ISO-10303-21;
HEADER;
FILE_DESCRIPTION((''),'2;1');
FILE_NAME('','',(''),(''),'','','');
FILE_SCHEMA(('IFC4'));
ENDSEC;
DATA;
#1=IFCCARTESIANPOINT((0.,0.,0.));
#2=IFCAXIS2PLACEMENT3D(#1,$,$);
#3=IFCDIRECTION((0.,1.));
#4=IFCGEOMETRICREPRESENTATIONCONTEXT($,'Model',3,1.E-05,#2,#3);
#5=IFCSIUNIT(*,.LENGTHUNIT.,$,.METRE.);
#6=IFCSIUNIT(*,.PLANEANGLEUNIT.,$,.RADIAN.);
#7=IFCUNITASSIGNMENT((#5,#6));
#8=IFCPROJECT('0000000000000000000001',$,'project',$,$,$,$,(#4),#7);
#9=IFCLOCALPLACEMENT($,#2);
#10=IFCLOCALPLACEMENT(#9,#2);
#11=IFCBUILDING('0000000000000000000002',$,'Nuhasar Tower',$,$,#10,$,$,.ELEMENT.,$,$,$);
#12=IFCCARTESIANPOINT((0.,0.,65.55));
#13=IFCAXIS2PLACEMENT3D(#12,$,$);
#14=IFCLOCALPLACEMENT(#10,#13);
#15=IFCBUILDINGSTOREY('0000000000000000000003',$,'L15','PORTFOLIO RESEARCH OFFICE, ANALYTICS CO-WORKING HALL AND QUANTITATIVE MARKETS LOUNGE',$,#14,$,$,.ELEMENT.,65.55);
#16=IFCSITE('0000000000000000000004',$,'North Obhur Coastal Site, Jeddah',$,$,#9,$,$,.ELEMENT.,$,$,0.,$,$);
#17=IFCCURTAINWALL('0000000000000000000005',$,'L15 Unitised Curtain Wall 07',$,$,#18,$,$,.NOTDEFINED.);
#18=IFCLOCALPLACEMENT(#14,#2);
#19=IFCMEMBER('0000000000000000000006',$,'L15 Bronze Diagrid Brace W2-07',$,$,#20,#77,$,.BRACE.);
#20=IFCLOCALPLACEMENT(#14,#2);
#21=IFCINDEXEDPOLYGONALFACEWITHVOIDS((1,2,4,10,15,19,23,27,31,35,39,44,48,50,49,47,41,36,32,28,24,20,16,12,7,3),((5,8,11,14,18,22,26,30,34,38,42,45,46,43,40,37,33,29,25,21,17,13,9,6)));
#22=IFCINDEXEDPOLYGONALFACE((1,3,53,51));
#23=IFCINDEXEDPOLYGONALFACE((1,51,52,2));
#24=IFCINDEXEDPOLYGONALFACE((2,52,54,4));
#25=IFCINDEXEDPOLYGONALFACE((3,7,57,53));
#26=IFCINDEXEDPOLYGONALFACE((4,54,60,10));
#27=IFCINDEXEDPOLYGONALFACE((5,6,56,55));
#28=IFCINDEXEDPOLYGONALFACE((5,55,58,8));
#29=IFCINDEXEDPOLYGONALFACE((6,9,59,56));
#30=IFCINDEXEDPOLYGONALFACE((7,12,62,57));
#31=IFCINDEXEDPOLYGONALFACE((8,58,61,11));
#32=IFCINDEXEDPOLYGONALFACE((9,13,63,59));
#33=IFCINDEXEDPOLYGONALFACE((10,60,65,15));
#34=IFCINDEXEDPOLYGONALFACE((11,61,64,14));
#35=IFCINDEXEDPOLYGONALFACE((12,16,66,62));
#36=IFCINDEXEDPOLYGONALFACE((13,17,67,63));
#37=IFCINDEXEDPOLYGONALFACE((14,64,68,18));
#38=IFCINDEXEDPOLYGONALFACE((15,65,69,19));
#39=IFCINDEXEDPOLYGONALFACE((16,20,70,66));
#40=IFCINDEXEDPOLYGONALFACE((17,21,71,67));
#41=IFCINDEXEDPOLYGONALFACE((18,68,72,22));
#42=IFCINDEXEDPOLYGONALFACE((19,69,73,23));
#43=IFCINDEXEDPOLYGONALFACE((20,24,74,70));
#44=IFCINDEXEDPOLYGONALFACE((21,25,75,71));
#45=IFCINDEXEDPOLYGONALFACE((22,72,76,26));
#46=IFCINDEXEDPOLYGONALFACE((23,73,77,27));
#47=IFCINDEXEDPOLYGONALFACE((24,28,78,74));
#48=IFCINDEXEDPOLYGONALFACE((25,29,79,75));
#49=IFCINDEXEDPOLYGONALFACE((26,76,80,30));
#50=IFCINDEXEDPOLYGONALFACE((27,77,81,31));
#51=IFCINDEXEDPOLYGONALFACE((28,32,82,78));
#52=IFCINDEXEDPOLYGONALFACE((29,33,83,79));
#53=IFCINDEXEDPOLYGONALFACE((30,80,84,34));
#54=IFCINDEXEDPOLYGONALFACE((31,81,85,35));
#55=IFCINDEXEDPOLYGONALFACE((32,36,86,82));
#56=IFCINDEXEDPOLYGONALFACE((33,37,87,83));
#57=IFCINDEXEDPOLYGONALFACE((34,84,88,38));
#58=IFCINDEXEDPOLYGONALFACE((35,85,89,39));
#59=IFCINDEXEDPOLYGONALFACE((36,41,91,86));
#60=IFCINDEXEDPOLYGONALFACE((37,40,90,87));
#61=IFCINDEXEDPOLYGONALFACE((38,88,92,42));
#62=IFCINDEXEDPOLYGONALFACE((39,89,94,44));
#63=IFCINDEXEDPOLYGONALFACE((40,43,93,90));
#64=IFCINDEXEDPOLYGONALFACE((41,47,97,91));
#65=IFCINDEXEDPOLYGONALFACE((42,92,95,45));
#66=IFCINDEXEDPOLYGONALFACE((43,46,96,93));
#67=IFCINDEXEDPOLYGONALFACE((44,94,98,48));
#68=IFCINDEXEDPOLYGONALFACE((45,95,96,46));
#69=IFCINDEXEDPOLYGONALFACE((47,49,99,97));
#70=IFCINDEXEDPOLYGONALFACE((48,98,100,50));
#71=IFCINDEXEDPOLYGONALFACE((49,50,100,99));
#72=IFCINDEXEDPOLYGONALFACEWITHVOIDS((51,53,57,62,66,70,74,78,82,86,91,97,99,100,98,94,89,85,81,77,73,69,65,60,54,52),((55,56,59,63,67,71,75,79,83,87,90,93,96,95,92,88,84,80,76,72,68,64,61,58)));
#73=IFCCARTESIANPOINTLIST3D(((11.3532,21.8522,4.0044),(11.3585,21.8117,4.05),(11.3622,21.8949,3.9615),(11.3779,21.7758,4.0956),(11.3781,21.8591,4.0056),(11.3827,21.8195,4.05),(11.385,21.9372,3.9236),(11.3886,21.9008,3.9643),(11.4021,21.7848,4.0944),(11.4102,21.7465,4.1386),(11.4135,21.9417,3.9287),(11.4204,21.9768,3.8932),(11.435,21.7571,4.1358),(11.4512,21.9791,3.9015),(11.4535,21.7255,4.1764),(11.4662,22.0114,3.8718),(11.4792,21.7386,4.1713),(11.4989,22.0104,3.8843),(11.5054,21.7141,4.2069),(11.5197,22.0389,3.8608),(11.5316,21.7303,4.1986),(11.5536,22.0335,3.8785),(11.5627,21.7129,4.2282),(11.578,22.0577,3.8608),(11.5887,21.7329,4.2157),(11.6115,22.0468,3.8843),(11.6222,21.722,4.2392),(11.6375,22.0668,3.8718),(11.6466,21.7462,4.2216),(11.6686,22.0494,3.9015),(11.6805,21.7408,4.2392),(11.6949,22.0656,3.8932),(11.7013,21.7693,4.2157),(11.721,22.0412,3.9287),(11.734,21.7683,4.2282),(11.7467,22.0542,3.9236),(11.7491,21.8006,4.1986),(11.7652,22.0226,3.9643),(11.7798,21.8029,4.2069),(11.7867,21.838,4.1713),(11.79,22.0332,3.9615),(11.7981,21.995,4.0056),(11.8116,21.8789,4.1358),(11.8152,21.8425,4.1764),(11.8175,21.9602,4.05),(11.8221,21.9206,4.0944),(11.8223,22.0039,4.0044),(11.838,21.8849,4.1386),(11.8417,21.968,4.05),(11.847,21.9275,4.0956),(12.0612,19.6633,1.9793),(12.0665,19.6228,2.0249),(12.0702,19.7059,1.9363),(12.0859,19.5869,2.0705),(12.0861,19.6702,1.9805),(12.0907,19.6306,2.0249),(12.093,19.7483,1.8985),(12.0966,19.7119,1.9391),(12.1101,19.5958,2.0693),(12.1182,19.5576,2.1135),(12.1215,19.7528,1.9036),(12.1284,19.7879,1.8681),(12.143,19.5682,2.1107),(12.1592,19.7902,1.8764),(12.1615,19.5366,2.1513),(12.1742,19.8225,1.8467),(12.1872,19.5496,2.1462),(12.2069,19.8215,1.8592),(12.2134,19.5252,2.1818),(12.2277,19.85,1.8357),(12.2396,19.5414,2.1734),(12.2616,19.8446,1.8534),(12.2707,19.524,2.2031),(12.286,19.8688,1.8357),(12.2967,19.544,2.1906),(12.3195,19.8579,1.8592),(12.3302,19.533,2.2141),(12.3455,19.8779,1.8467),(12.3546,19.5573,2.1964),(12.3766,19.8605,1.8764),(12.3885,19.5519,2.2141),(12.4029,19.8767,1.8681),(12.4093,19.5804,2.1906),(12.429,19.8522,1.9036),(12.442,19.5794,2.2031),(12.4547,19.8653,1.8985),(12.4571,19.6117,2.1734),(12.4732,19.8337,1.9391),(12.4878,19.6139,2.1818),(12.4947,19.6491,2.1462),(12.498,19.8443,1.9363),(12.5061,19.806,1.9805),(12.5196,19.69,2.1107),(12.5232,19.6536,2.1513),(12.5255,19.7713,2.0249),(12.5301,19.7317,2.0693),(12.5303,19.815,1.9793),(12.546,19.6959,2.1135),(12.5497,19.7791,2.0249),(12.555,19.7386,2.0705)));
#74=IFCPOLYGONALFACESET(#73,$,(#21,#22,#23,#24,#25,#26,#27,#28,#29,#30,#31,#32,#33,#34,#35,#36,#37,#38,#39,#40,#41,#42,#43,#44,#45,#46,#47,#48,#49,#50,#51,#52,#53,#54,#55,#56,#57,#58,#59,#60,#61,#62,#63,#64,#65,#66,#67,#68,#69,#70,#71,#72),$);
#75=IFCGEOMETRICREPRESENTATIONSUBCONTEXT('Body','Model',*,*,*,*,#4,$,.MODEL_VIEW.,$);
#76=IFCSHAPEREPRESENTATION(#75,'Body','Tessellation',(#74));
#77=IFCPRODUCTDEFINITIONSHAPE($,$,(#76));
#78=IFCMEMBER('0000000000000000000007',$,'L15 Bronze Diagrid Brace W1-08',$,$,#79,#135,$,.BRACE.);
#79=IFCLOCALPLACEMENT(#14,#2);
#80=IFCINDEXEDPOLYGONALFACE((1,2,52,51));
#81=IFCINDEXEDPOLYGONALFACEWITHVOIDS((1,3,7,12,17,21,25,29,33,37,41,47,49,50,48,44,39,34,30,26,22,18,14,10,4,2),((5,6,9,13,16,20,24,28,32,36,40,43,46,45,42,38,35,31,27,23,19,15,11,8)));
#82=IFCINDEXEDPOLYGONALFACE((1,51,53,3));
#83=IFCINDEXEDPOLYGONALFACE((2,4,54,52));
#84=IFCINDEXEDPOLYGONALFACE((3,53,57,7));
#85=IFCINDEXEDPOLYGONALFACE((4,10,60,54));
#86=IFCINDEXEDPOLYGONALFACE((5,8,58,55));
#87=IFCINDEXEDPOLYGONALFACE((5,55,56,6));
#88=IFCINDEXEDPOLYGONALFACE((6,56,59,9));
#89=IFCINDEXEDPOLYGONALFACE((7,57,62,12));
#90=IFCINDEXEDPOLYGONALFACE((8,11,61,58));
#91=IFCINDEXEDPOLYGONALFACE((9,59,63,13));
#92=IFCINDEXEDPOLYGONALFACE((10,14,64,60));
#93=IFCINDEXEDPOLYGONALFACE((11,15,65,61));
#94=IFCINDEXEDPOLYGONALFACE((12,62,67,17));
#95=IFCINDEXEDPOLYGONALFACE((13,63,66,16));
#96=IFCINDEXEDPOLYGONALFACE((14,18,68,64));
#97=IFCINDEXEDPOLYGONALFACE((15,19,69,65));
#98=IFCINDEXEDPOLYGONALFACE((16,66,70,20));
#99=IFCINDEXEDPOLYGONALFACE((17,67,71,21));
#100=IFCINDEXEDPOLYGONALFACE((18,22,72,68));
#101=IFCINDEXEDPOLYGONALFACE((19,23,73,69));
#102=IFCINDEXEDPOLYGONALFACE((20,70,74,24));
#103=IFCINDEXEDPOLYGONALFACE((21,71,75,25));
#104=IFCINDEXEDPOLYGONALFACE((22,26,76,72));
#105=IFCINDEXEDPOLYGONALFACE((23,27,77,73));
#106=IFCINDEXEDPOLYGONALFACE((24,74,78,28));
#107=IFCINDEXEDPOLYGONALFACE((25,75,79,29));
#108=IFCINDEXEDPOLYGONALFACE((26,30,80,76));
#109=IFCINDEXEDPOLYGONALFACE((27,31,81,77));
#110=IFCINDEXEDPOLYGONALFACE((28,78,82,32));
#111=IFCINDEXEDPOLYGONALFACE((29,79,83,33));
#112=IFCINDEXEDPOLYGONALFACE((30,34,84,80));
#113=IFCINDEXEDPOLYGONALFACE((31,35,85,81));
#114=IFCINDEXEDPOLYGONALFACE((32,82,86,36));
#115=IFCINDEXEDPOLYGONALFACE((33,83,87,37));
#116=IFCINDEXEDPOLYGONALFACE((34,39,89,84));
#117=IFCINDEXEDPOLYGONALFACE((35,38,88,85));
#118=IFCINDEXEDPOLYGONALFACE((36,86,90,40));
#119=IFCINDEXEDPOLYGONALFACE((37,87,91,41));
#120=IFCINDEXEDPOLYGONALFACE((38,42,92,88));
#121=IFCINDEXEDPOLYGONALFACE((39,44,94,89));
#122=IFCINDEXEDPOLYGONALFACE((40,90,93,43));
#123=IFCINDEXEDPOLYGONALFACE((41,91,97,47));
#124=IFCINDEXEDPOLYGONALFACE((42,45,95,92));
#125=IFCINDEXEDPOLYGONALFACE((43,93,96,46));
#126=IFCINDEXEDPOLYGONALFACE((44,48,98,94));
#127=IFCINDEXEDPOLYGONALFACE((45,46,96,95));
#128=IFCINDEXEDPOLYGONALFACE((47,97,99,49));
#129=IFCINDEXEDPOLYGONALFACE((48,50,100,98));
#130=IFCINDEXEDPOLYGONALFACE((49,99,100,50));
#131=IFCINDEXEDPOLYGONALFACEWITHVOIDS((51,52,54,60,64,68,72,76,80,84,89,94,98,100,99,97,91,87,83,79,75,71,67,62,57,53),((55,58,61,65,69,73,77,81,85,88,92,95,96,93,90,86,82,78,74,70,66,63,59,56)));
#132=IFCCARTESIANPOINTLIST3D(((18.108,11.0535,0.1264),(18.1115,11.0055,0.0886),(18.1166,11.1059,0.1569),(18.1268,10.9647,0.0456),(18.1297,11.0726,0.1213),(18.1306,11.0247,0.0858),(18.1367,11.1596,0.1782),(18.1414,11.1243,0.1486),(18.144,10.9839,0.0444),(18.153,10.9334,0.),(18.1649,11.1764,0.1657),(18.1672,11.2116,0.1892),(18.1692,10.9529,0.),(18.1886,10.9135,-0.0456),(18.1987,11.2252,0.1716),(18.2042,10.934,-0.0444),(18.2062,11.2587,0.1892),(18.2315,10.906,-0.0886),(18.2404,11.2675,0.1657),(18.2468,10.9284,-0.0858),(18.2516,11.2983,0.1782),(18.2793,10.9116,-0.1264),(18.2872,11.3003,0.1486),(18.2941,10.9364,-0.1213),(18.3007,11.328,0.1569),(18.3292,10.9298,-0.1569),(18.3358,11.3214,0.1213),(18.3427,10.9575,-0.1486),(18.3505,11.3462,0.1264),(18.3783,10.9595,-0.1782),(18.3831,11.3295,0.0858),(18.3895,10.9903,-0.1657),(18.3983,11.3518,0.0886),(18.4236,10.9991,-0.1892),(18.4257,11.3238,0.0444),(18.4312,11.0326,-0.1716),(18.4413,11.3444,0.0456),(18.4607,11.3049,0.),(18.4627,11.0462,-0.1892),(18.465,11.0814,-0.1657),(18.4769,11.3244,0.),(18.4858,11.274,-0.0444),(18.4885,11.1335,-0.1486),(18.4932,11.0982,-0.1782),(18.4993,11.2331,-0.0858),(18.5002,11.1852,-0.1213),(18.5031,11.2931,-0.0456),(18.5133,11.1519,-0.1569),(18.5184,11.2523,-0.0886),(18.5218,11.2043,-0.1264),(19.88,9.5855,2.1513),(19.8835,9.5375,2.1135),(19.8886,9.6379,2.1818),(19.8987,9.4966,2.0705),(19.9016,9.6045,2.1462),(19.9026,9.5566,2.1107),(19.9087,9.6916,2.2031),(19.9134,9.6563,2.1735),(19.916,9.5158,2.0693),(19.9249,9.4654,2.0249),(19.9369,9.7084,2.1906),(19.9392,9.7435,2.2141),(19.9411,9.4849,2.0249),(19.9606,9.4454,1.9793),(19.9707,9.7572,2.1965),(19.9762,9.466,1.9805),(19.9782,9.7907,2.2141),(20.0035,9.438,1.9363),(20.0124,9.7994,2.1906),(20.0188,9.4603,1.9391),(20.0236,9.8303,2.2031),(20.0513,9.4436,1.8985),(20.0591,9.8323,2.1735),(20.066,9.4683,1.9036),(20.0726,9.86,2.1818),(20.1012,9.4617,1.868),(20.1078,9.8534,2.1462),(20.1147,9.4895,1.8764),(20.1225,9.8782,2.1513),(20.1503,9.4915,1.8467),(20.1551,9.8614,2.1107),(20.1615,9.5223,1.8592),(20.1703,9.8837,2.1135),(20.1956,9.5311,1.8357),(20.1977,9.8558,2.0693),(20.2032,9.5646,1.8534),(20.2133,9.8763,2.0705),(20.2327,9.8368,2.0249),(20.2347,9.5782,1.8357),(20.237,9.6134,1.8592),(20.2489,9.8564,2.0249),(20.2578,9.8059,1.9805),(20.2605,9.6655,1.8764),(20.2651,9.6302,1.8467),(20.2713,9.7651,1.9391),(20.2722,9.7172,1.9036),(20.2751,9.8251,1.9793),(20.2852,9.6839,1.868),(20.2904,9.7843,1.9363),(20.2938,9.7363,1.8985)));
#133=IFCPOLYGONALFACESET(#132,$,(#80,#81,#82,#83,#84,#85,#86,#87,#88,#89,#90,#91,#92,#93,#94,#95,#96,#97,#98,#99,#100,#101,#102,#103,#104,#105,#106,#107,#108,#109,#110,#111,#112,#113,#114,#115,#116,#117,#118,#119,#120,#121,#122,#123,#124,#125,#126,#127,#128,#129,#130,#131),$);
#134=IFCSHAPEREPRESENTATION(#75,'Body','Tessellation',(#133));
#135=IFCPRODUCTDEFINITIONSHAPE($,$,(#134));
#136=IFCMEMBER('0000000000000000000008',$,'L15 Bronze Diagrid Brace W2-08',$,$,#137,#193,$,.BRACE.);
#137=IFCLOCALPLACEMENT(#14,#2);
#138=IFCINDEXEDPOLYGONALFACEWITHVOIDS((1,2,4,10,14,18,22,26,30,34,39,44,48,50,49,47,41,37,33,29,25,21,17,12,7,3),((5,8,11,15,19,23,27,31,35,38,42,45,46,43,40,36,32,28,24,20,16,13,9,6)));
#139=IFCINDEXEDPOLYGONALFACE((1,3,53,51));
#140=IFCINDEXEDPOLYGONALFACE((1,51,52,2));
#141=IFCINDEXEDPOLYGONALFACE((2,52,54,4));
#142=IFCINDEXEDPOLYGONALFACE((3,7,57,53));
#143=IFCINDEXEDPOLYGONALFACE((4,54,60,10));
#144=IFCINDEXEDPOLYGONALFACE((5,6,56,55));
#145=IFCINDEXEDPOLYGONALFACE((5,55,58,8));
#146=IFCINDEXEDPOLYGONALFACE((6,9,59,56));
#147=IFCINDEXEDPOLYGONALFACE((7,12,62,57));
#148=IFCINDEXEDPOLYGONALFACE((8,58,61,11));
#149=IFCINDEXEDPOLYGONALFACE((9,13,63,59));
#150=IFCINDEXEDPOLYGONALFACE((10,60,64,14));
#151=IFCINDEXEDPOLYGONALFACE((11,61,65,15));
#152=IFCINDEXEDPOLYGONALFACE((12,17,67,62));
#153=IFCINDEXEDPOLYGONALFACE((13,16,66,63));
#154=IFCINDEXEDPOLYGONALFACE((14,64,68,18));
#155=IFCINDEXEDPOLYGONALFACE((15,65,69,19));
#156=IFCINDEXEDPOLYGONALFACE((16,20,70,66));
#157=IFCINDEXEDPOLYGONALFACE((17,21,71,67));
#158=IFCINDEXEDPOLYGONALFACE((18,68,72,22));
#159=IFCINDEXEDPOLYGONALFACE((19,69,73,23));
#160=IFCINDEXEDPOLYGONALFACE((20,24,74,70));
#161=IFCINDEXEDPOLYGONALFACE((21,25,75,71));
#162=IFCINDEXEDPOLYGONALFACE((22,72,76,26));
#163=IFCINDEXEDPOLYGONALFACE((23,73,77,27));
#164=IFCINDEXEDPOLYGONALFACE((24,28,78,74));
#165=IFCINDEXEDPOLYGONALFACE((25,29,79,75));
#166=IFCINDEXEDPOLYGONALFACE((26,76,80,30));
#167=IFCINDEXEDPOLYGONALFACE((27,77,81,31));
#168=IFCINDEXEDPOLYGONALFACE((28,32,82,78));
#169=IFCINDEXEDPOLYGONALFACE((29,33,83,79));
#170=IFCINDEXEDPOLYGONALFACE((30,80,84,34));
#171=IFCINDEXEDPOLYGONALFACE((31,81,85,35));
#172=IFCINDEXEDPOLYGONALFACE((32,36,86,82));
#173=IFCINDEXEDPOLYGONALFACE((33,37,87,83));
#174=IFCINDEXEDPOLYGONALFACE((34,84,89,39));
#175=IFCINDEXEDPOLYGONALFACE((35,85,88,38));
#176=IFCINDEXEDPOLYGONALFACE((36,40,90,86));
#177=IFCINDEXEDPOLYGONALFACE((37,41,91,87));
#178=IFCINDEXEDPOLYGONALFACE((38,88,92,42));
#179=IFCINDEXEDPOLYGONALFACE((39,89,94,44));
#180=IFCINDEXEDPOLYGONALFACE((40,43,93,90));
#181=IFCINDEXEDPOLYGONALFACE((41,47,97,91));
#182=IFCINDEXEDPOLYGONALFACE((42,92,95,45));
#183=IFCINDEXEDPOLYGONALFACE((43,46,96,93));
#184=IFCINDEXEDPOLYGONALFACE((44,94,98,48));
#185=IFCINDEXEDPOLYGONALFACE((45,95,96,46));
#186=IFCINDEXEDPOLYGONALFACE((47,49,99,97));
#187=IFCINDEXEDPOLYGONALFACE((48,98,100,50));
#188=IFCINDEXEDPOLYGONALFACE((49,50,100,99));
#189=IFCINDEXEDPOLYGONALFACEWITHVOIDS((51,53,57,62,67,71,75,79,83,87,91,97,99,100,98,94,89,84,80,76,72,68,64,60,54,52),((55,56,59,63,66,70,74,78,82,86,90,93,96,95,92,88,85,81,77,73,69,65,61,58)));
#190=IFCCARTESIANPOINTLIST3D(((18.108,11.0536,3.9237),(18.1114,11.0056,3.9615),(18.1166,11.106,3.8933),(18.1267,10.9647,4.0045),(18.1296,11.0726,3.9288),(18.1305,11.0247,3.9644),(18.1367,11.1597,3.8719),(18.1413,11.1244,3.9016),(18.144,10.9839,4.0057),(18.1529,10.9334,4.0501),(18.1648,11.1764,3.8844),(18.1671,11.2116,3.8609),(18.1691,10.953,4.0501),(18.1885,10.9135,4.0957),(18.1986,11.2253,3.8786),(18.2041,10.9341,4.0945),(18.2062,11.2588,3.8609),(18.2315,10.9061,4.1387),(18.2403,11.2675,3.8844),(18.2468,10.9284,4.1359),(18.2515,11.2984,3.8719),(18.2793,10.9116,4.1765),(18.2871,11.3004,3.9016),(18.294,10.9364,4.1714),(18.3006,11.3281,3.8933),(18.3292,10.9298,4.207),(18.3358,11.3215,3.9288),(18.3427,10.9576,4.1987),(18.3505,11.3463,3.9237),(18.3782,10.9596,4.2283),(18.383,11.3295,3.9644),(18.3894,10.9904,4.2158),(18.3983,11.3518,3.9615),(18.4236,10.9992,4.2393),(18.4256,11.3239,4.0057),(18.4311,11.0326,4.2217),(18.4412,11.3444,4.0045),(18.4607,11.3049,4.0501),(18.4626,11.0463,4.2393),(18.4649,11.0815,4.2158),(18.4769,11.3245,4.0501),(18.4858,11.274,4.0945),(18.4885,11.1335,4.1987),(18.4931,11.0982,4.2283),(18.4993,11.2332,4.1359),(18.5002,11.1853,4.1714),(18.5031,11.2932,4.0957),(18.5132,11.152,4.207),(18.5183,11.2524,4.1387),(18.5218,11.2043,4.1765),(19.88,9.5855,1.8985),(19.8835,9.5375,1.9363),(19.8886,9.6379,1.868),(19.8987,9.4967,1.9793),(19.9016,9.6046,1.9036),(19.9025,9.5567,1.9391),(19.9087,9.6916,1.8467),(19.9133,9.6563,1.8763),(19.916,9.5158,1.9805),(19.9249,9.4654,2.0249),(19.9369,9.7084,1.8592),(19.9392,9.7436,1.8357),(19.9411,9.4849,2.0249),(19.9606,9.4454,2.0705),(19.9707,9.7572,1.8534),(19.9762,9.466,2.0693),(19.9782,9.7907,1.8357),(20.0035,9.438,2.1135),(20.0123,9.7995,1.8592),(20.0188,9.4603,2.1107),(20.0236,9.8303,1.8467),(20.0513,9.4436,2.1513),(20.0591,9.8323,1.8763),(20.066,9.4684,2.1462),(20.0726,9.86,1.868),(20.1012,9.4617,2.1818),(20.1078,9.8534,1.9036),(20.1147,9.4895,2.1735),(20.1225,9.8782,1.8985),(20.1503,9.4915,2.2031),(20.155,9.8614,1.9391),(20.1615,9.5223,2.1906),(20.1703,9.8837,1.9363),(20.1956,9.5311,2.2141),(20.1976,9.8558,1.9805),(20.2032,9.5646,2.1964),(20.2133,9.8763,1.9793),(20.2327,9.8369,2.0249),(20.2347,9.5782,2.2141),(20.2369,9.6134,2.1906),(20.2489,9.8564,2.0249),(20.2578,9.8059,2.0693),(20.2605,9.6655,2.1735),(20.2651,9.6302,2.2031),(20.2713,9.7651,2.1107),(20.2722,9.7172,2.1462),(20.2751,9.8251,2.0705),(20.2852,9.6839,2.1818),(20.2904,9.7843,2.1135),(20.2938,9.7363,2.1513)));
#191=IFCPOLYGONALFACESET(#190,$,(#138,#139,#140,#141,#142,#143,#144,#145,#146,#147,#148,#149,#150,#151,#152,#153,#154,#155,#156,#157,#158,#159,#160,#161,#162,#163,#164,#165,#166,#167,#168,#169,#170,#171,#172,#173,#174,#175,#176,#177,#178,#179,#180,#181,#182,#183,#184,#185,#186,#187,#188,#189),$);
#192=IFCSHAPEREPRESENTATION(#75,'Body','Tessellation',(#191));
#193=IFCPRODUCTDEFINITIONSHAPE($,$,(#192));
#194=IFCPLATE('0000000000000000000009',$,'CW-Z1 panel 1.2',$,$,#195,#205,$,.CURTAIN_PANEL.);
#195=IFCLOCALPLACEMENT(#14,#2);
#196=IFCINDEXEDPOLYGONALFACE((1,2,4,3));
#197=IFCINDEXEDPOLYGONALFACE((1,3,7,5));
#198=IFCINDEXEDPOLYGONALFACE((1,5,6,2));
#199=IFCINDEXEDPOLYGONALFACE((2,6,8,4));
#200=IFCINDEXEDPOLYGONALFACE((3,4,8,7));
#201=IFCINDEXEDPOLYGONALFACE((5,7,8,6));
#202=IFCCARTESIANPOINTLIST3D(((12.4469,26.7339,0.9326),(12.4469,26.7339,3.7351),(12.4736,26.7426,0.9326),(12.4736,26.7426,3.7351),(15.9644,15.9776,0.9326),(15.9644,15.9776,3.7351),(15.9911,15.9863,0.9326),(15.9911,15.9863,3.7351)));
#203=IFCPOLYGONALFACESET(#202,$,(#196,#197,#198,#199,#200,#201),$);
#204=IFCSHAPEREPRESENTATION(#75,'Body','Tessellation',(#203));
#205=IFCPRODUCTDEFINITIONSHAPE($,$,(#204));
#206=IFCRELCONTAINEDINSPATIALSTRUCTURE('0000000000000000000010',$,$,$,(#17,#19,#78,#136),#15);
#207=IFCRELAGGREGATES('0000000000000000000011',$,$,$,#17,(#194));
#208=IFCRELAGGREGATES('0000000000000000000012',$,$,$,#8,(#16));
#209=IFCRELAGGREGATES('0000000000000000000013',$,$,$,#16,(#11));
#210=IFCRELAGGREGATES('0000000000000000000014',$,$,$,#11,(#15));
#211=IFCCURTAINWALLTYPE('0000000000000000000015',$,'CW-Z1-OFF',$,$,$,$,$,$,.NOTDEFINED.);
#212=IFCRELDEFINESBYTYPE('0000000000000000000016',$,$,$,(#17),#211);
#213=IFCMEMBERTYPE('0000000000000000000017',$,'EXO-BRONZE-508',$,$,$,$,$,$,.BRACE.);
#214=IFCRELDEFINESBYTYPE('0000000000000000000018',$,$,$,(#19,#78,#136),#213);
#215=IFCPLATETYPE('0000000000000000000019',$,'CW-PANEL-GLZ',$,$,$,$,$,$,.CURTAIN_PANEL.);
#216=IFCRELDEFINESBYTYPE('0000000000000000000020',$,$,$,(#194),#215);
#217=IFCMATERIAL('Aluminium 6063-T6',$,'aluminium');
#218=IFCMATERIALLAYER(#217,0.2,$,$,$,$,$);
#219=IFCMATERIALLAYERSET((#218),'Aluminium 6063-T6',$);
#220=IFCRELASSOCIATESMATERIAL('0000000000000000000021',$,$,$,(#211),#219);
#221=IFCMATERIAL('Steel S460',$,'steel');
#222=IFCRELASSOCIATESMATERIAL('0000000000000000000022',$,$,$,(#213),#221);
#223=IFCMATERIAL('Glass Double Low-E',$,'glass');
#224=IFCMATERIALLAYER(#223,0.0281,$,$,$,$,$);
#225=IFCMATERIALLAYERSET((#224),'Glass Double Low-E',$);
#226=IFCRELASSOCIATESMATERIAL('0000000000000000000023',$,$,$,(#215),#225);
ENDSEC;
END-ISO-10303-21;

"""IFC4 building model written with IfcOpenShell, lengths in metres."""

from ifc_helpers import new_model, si_unit, direction, frame, origin, origin_2d, place, context, subcontext, project, spatial, rectangle, hollow_circle, extrude, material, layer, layer_set, material_profile, profile_set, type_object, element, aggregate, save


model = new_model("IFC4")

# Units and contexts
model_context = context("Model", 3, precision=1e-05, world=origin(), true_north=direction((0.0, 1.0)))
body_context = subcontext(model_context, "Body", "Model", "MODEL_VIEW")
ifc_project = project(units=[si_unit("LENGTHUNIT", "METRE"), si_unit("PLANEANGLEUNIT", "RADIAN")], contexts=[model_context])

# Site, building, storey
site_placement = place(None, origin())
site = spatial("IfcSite", under=ifc_project, at=site_placement, Name="North Obhur Coastal Site, Jeddah", CompositionType="ELEMENT", RefElevation=0.0)
building_placement = place(site_placement, origin())
building = spatial("IfcBuilding", under=site, at=building_placement, Name="Nuhasar Tower", CompositionType="ELEMENT")
storey_placement = place(building_placement, frame((0.0, 0.0, 65.55)))
storey = spatial("IfcBuildingStorey", under=building, at=storey_placement, Name="L15", Description="PORTFOLIO RESEARCH OFFICE, ANALYTICS CO-WORKING HALL AND QUANTITATIVE MARKETS LOUNGE", CompositionType="ELEMENT", Elevation=65.55)

# Curtain wall
ifc_material_1 = material(Name="Aluminium 6063-T6", Category="aluminium")
ifc_layer_1 = layer(ifc_material_1, 0.2)
ifc_layer_set_1 = layer_set([ifc_layer_1], Name="Aluminium 6063-T6")
curtain_wall_type = type_object("IfcCurtainWallType", Name="CW-Z1-OFF", PredefinedType="NOTDEFINED", material=ifc_layer_set_1)
curtain_wall_1_placement = place(storey_placement, origin())
curtain_wall_1 = element("IfcCurtainWall", 1, at=curtain_wall_1_placement, inside=storey, type_object=curtain_wall_type, Name="L15 Unitised Curtain Wall 07", PredefinedType="NOTDEFINED")

# Members
ifc_material_2 = material(Name="Steel S460", Category="steel")
ifc_material_profile_1 = material_profile(ifc_material_2, hollow_circle(Radius=0.2539, WallThickness=0.0254, at=origin_2d()), Name="HSS508X25.4")
ifc_profile_set_1 = profile_set([ifc_material_profile_1], Name="Steel S460")
member_type_1 = type_object("IfcMemberType", Name="EXO-BRONZE-508", PredefinedType="BRACE", material=ifc_profile_set_1)
member_1_placement = place(storey_placement, frame((12.3081, 19.7009, 2.0249), z_axis=(-0.231, 0.714187, 0.660739), x_axis=(-0.951468, -0.307747, 0.0)))
element("IfcMember", 2, at=member_1_placement, inside=storey, type_object=member_type_1, Name="L15 Bronze Diagrid Brace W2-07", PredefinedType="BRACE", context=body_context, shape_type="SweptSolid", body=[
    extrude(hollow_circle(Radius=0.2539, WallThickness=0.0254, at=origin_2d()), origin(), (0.0, 0.0, 1.0), 3.0649),
])
member_2_placement = place(storey_placement, frame((18.3149, 11.1289, 0.0), z_axis=(0.578102, -0.478937, 0.660619), x_axis=(0.637969, 0.770062, 0.0)))
element("IfcMember", 3, at=member_2_placement, inside=storey, type_object=member_type_1, Name="L15 Bronze Diagrid Brace W1-08", PredefinedType="BRACE", context=body_context, shape_type="SweptSolid", body=[
    extrude(hollow_circle(Radius=0.2539, WallThickness=0.0254, at=origin_2d()), origin(), (0.0, 0.0, 1.0), 3.0652),
])
member_3_placement = place(storey_placement, frame((20.0869, 9.6609, 2.0249), z_axis=(-0.578071, 0.478912, 0.660664), x_axis=(-0.637969, -0.770062, 0.0)))
element("IfcMember", 4, at=member_3_placement, inside=storey, type_object=member_type_1, Name="L15 Bronze Diagrid Brace W2-08", PredefinedType="BRACE", context=body_context, shape_type="SweptSolid", body=[
    extrude(hollow_circle(Radius=0.2539, WallThickness=0.0254, at=origin_2d()), origin(), (0.0, 0.0, 1.0), 3.0654),
])

# Plate
ifc_material_3 = material(Name="Glass Double Low-E", Category="glass")
ifc_layer_2 = layer(ifc_material_3, 0.0281)
ifc_layer_set_2 = layer_set([ifc_layer_2], Name="Glass Double Low-E")
plate_type_1 = type_object("IfcPlateType", Name="CW-PANEL-GLZ", PredefinedType="CURTAIN_PANEL", material=ifc_layer_set_2)
plate_1_placement = place(storey_placement, frame((14.219, 21.3601, 0.9326), z_axis=(0.0, 0.0, 1.0), x_axis=(0.310824, -0.950468, 0.0)))
plate_1 = element("IfcPlate", 5, at=plate_1_placement, type_object=plate_type_1, Name="CW-Z1 panel 1.2", PredefinedType="CURTAIN_PANEL", context=body_context, shape_type="SweptSolid", body=[
    extrude(rectangle(XDim=11.3169, YDim=0.0281, at=origin_2d()), origin(), (0.0, 0.0, 1.0), 2.8025),
])
aggregate(curtain_wall_1, [plate_1])

save(model, "model.ifc")
